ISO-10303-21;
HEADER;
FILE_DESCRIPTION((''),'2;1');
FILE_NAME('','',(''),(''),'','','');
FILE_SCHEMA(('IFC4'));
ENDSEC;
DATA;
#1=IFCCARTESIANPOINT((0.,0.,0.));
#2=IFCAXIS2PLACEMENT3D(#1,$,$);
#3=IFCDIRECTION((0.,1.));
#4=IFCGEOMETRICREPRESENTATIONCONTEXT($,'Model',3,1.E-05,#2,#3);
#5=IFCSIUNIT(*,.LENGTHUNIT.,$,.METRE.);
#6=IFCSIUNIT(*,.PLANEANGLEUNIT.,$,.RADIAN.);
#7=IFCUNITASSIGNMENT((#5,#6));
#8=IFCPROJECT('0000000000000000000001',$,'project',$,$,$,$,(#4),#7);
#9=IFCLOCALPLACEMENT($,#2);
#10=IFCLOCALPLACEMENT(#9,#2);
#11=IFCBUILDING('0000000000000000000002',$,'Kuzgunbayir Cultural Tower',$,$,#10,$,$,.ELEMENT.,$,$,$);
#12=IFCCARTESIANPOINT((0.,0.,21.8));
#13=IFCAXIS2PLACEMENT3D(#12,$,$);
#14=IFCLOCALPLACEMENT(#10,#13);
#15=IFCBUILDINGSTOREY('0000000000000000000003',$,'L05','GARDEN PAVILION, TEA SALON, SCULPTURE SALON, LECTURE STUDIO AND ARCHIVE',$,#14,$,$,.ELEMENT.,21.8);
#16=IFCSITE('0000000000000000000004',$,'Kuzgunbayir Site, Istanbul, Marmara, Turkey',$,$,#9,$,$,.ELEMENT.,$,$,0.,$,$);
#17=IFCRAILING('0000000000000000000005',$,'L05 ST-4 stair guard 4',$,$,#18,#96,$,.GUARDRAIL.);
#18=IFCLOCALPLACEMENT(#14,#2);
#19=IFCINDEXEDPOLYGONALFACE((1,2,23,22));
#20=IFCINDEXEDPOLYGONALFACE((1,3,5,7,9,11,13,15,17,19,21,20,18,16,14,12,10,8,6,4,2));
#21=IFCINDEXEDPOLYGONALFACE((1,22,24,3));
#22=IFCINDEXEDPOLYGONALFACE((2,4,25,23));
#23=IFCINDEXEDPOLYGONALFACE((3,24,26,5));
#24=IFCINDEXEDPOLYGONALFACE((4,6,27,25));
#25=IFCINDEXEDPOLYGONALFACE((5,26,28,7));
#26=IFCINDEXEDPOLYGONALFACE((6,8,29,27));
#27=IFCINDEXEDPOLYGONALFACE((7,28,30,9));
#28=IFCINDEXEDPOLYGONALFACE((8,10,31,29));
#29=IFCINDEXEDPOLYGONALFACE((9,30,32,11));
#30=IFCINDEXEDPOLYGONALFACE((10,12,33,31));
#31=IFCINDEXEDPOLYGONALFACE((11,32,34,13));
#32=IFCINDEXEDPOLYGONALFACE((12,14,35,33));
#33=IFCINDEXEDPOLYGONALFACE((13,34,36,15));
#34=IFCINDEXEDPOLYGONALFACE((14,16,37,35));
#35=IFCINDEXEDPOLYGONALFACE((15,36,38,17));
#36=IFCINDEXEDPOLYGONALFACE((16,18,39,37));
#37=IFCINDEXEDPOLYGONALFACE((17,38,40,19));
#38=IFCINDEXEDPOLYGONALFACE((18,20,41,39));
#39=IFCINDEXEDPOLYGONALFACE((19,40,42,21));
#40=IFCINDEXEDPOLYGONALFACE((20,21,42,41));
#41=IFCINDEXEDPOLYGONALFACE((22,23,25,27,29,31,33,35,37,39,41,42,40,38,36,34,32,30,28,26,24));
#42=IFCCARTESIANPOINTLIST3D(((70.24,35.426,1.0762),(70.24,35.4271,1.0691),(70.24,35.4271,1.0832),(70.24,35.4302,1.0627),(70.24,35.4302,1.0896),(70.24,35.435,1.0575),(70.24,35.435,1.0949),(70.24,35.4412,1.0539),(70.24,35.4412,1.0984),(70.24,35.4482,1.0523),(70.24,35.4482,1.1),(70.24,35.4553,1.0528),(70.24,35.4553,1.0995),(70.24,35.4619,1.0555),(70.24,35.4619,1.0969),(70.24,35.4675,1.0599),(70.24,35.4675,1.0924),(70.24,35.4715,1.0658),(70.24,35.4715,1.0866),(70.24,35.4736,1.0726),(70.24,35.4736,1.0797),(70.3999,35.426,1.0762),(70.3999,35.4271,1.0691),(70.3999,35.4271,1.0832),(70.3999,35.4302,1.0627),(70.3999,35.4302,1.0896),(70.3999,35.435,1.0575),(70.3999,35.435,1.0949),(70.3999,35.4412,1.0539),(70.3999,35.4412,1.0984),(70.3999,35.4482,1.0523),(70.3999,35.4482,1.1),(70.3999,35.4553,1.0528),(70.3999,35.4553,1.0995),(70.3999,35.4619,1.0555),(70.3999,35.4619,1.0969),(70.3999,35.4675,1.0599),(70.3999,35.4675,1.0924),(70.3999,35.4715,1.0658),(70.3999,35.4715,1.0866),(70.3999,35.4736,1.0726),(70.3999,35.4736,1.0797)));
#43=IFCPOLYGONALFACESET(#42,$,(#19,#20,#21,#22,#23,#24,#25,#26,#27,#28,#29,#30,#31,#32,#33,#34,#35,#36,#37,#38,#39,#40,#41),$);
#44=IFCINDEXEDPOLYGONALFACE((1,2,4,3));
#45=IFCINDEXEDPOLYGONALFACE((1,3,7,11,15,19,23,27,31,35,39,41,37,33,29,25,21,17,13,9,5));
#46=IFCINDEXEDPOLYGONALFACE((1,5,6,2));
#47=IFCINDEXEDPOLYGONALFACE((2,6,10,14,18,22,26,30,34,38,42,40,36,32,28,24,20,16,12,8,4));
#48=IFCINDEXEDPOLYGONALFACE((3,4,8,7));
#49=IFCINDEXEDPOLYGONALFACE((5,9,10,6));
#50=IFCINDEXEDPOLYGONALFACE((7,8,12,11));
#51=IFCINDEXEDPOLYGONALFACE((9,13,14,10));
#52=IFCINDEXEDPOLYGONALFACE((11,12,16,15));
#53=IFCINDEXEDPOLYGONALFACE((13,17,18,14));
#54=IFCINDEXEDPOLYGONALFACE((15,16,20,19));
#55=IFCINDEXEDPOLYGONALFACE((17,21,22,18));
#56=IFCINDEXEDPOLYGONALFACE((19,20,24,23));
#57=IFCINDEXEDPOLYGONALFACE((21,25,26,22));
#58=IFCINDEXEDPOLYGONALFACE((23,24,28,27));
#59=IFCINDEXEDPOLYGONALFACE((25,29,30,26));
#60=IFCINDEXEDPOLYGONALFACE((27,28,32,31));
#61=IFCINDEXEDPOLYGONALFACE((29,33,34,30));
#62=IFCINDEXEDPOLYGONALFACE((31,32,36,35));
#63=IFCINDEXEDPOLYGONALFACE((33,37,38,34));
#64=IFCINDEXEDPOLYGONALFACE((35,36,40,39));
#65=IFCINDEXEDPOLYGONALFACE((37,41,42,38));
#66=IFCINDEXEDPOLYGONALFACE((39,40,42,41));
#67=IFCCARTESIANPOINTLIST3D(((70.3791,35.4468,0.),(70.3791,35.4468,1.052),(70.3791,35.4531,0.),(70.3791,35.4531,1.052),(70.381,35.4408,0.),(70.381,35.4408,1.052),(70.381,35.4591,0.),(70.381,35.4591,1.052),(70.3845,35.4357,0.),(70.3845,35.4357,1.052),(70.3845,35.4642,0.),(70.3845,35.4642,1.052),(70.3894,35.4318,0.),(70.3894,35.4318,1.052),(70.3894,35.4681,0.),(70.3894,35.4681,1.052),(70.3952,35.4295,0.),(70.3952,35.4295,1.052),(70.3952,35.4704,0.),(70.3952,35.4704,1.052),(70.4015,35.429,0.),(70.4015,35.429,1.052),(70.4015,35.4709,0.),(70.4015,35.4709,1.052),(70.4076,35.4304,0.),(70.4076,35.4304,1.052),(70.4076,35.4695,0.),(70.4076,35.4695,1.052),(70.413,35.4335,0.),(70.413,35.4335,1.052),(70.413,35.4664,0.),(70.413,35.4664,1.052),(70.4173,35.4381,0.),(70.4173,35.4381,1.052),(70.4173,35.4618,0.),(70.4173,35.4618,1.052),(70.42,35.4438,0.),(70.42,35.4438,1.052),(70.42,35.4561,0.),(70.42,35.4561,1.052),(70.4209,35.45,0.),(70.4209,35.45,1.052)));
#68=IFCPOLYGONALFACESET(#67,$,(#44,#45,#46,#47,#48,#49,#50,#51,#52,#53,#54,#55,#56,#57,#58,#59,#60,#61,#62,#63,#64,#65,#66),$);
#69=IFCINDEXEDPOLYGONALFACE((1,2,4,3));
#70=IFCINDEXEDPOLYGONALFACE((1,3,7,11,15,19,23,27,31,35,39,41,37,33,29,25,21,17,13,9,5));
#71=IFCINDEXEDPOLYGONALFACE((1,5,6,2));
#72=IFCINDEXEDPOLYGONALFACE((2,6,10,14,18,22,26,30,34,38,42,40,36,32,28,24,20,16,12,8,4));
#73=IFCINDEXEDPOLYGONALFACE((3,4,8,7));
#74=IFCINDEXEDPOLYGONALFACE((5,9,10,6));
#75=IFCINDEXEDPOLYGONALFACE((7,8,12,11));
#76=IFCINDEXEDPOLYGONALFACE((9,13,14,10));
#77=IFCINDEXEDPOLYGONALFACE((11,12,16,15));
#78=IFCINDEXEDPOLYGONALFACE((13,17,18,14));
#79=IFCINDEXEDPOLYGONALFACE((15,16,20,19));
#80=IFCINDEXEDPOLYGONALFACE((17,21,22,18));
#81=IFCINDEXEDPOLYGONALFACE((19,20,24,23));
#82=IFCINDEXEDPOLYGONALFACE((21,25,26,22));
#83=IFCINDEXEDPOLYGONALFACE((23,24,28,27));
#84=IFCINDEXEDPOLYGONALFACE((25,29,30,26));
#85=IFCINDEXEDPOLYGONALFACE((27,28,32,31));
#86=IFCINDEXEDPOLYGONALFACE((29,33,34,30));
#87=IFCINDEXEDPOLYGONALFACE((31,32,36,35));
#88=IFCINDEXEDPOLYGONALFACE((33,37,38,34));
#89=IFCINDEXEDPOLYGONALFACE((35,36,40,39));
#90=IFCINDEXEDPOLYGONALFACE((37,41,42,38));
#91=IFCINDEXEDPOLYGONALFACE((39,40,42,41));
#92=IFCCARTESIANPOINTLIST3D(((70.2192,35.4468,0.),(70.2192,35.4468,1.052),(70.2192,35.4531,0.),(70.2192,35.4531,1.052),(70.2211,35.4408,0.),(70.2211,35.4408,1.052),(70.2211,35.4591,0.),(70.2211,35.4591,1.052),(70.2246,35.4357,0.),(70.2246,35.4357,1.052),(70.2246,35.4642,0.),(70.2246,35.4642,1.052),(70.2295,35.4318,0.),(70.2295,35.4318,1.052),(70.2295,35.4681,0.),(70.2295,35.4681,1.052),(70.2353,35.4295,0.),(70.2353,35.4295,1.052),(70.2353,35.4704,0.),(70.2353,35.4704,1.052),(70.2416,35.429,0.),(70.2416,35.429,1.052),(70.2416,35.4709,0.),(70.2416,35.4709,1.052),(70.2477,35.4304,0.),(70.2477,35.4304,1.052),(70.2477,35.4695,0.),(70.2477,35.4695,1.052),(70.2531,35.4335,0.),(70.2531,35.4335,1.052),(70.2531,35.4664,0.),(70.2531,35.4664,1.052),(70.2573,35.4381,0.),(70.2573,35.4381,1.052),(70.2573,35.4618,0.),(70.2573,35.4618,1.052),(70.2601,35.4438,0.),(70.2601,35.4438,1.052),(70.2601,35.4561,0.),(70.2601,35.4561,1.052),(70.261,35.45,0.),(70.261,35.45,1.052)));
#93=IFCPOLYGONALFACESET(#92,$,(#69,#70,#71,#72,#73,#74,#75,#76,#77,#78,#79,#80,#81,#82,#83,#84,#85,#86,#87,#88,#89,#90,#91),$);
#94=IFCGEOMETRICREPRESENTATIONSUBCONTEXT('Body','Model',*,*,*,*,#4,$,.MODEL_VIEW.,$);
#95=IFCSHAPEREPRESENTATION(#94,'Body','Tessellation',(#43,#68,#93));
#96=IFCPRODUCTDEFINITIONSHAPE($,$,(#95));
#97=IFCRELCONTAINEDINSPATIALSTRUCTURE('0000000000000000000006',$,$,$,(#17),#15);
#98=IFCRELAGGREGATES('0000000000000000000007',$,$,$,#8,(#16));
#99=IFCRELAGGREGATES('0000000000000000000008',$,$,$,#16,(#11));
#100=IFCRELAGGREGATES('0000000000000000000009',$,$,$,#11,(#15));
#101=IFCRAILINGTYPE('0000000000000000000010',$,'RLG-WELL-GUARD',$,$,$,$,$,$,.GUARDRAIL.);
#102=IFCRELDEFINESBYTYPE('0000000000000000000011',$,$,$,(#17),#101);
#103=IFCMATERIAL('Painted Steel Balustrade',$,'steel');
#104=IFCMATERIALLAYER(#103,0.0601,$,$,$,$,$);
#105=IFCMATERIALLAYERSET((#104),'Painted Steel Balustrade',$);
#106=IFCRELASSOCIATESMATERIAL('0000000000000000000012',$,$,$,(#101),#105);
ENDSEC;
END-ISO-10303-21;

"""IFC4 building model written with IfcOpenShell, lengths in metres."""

from ifc_helpers import new_model, si_unit, direction, frame, origin, origin_2d, place, context, subcontext, project, spatial, circle, extrude, material, layer, layer_set, type_object, element, save


model = new_model("IFC4")

# Units and contexts
model_context = context("Model", 3, precision=1e-05, world=origin(), true_north=direction((0.0, 1.0)))
body_context = subcontext(model_context, "Body", "Model", "MODEL_VIEW")
ifc_project = project(units=[si_unit("LENGTHUNIT", "METRE"), si_unit("PLANEANGLEUNIT", "RADIAN")], contexts=[model_context])

# Site, building, storey
site_placement = place(None, origin())
site = spatial("IfcSite", under=ifc_project, at=site_placement, Name="Kuzgunbayir Site, Istanbul, Marmara, Turkey", CompositionType="ELEMENT", RefElevation=0.0)
building_placement = place(site_placement, origin())
building = spatial("IfcBuilding", under=site, at=building_placement, Name="Kuzgunbayir Cultural Tower", CompositionType="ELEMENT")
storey_placement = place(building_placement, frame((0.0, 0.0, 21.8)))
storey = spatial("IfcBuildingStorey", under=building, at=storey_placement, Name="L05", Description="GARDEN PAVILION, TEA SALON, SCULPTURE SALON, LECTURE STUDIO AND ARCHIVE", CompositionType="ELEMENT", Elevation=21.8)

# Railing
ifc_material_1 = material(Name="Painted Steel Balustrade", Category="steel")
ifc_layer_1 = layer(ifc_material_1, 0.0601)
ifc_layer_set_1 = layer_set([ifc_layer_1], Name="Painted Steel Balustrade")
railing_type_1 = type_object("IfcRailingType", Name="RLG-WELL-GUARD", PredefinedType="GUARDRAIL", material=ifc_layer_set_1)
railing_1_placement = place(storey_placement, frame((70.3999, 35.45, 0.0)))
element("IfcRailing", 1, at=railing_1_placement, inside=storey, type_object=railing_type_1, Name="L05 ST-4 stair guard 4", PredefinedType="GUARDRAIL", context=body_context, shape_type="SweptSolid", body=[
    extrude(circle(Radius=0.0239, at=origin_2d()), frame((0.0, 0.0, 1.0762), z_axis=(-1.0, 0.0, 0.0), x_axis=(0.0, -1.0, 0.0)), (0.0, 0.0, 1.0), 0.1599),
    extrude(circle(Radius=0.021, at=origin_2d()), origin(), (0.0, 0.0, 1.0), 1.052),
    extrude(circle(Radius=0.021, at=origin_2d()), frame((-0.1599, 0.0, 0.0)), (0.0, 0.0, 1.0), 1.052),
])

save(model, "model.ifc")
